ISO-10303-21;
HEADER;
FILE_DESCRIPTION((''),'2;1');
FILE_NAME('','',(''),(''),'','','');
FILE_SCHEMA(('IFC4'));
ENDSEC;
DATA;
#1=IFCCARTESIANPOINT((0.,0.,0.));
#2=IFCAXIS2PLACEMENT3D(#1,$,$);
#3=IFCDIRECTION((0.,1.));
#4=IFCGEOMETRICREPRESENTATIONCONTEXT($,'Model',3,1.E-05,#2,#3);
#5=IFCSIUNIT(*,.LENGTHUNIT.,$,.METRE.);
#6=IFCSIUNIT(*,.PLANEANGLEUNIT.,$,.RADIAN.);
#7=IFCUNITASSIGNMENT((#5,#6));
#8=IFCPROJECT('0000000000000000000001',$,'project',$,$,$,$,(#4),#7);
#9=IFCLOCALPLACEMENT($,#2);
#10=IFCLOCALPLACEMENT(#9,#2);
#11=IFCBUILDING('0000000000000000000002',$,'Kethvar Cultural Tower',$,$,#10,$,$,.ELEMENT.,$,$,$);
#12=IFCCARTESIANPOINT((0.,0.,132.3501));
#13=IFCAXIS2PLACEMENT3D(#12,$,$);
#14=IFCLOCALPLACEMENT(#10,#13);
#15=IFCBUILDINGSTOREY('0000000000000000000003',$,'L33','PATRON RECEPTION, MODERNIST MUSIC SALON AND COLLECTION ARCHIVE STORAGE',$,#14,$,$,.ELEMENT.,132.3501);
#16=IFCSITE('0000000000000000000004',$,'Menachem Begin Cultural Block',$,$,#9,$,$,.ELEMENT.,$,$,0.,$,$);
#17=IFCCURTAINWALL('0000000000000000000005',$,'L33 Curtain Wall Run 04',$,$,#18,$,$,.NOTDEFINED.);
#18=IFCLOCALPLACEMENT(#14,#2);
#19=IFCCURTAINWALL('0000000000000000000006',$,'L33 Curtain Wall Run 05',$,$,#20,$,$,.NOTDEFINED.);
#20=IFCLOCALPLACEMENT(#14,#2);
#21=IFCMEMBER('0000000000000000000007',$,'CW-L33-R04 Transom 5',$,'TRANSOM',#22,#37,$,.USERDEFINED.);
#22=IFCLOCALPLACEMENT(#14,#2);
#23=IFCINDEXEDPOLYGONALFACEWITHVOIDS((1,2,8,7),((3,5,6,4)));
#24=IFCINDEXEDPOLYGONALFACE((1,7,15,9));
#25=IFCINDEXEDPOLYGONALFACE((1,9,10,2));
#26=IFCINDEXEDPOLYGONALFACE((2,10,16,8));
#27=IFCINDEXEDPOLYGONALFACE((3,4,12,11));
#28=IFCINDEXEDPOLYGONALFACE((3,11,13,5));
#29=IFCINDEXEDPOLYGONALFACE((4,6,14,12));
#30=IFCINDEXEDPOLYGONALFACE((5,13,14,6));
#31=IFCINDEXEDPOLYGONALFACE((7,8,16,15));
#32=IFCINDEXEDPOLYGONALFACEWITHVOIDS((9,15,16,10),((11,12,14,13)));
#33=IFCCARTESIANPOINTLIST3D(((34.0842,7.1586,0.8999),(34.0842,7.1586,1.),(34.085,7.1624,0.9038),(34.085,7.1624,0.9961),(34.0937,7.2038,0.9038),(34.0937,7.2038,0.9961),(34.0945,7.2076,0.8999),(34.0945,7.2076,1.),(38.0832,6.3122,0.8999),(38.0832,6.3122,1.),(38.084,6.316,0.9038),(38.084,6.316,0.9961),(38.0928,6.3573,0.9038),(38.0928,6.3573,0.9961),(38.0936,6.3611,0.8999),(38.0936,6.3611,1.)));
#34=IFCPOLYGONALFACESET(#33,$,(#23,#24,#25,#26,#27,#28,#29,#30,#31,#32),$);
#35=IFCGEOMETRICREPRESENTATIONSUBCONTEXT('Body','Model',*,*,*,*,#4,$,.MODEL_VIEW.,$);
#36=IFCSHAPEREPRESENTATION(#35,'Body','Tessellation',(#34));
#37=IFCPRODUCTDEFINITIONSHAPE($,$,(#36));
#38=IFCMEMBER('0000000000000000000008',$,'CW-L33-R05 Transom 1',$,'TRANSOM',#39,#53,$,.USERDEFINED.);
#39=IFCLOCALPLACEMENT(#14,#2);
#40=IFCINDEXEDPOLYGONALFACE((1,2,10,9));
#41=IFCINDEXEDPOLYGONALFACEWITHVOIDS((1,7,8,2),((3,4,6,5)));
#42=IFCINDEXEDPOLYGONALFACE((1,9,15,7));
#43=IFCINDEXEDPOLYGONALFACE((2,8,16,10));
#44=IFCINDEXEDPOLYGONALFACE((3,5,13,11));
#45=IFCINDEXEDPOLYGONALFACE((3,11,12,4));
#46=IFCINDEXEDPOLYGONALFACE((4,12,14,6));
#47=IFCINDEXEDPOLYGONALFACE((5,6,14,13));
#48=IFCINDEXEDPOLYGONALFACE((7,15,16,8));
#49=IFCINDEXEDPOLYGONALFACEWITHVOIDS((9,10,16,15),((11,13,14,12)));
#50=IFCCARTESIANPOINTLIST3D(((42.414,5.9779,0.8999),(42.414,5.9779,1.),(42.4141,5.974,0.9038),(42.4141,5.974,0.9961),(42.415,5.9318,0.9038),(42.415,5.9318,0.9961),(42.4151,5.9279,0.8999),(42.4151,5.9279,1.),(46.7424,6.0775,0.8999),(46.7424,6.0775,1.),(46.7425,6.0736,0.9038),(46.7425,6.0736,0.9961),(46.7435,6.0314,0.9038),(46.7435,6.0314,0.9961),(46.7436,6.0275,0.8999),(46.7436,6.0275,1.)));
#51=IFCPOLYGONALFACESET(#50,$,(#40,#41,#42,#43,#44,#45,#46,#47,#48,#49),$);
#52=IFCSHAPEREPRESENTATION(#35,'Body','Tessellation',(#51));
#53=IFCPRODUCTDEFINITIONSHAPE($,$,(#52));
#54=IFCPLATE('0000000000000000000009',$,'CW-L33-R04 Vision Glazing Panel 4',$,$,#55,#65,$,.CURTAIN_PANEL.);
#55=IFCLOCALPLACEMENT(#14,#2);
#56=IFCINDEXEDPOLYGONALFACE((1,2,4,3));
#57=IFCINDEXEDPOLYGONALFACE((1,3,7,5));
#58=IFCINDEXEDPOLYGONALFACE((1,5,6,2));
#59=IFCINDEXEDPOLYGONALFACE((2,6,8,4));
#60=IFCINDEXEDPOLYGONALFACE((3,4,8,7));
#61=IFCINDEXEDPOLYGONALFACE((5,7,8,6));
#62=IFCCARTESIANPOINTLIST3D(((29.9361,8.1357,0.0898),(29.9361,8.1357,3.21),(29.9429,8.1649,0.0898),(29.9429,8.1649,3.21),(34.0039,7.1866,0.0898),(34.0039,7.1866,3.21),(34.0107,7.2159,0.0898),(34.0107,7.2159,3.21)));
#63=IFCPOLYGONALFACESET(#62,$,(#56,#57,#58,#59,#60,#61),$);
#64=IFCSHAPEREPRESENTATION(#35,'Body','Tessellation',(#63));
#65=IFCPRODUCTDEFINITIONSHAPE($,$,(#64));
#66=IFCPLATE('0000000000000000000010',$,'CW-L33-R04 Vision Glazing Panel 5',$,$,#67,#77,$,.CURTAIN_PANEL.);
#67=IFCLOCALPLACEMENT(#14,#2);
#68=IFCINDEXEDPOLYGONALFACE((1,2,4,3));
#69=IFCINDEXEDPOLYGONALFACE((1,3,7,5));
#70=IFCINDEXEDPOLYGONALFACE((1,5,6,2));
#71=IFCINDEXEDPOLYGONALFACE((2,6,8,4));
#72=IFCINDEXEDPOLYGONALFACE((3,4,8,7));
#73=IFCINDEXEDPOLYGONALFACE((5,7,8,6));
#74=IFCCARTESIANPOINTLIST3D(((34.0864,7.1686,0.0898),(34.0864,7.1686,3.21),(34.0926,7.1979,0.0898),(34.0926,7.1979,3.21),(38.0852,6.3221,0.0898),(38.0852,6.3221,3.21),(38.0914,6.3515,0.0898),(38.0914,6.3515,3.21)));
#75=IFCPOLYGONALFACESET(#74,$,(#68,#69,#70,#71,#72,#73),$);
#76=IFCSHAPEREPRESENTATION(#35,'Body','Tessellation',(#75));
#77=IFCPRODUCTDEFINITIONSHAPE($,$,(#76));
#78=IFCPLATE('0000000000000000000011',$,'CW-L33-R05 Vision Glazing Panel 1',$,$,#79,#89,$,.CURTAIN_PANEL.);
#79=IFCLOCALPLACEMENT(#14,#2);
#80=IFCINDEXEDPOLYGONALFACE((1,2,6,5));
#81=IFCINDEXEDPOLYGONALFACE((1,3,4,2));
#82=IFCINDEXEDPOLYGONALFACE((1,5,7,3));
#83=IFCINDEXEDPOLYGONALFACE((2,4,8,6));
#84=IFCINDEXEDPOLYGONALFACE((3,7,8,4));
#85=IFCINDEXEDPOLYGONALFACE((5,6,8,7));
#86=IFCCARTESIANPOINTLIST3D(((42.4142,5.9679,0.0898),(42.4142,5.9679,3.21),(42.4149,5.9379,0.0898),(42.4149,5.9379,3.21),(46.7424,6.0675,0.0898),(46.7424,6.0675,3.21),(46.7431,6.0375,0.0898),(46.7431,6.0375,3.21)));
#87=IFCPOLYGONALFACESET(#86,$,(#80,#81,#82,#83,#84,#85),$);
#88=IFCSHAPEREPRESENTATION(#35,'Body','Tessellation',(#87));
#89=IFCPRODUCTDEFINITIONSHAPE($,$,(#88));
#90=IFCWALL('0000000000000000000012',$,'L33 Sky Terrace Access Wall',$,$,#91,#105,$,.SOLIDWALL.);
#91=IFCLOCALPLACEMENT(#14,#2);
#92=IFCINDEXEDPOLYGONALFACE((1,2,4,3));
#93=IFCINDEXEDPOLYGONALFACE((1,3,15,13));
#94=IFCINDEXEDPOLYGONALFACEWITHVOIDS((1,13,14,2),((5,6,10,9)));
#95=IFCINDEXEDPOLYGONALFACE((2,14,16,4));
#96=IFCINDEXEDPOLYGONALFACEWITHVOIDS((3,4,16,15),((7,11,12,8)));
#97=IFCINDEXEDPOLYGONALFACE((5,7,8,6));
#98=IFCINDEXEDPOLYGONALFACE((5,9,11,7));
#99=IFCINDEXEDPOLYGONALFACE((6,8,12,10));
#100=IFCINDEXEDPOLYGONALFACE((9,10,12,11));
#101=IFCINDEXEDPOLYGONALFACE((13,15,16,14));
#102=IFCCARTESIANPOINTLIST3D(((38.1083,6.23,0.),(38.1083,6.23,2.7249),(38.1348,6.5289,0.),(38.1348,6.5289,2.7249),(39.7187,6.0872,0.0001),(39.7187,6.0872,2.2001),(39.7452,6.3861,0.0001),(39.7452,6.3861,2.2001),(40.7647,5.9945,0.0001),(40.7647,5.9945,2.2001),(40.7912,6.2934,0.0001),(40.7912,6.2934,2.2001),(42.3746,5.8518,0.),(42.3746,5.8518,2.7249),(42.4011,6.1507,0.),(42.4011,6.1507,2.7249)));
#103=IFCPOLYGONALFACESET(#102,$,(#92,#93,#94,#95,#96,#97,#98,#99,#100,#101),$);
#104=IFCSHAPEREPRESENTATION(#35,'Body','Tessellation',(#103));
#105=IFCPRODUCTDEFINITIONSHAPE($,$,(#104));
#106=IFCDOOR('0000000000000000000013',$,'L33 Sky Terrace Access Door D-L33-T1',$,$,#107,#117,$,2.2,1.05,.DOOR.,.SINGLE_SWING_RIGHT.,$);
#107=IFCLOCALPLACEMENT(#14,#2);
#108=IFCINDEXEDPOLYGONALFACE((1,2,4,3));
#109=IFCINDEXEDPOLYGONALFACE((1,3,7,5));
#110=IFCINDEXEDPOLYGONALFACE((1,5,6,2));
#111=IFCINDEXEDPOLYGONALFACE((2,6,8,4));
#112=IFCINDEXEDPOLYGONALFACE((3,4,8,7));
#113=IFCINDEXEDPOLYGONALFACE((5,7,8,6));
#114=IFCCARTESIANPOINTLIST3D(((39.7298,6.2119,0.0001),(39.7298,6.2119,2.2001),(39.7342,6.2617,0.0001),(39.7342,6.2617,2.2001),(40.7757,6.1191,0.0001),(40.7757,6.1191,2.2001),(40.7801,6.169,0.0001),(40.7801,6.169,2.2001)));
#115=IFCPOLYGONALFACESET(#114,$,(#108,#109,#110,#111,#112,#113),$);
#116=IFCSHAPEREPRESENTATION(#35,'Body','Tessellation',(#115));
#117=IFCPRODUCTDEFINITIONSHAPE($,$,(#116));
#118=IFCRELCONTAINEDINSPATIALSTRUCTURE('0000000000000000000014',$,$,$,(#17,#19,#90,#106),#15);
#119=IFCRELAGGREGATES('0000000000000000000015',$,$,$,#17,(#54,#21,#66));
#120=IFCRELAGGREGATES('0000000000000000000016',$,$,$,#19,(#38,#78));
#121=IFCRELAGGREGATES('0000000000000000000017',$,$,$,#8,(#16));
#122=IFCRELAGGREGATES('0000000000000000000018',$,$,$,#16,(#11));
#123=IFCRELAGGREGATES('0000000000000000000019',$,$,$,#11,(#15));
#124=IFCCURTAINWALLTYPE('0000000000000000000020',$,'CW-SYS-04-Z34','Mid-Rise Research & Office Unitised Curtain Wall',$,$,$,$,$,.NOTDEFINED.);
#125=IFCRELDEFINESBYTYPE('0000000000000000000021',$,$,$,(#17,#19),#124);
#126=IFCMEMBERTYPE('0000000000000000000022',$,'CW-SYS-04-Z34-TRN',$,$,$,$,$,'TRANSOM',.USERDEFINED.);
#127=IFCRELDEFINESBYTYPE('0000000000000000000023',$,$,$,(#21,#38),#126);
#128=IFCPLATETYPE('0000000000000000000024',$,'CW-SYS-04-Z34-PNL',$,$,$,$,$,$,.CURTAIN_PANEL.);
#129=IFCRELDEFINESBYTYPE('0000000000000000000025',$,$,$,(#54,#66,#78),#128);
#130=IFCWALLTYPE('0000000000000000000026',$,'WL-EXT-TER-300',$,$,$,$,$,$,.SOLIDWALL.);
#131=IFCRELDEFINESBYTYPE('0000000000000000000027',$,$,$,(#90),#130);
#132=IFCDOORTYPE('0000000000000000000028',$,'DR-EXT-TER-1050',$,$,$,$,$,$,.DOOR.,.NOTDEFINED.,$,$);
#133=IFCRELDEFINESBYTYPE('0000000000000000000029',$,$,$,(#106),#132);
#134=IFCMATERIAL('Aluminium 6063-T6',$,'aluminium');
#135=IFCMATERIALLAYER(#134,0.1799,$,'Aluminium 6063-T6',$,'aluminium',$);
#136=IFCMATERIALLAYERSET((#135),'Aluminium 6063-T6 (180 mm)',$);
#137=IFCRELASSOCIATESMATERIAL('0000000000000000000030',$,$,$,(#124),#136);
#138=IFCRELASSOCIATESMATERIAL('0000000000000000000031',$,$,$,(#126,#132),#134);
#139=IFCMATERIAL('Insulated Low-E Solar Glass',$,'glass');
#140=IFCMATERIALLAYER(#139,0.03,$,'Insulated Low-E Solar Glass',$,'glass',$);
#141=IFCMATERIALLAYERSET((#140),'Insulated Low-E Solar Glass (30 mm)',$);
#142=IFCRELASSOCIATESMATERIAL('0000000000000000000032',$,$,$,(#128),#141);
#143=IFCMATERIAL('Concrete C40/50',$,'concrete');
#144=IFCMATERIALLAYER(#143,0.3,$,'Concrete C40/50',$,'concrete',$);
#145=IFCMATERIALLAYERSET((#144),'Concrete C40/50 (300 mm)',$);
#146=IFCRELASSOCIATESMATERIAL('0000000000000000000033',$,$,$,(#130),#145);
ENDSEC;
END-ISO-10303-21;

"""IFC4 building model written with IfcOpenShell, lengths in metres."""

from ifc_helpers import new_model, si_unit, direction, frame, frame_2d, origin, origin_2d, place, context, subcontext, project, spatial, rectangle, hollow_rectangle, extrude, source, transform, mapped, material, layer, layer_set, material_profile, profile_set, type_object, element, fill, aggregate, save


model = new_model("IFC4")

# Units and contexts
model_context = context("Model", 3, precision=1e-05, world=origin(), true_north=direction((0.0, 1.0)))
body_context = subcontext(model_context, "Body", "Model", "MODEL_VIEW")
ifc_project = project(units=[si_unit("LENGTHUNIT", "METRE"), si_unit("PLANEANGLEUNIT", "RADIAN")], contexts=[model_context])

# Site, building, storey
site_placement = place(None, origin())
site = spatial("IfcSite", under=ifc_project, at=site_placement, Name="Menachem Begin Cultural Block", CompositionType="ELEMENT", RefElevation=0.0)
building_placement = place(site_placement, origin())
building = spatial("IfcBuilding", under=site, at=building_placement, Name="Kethvar Cultural Tower", CompositionType="ELEMENT")
storey_placement = place(building_placement, frame((0.0, 0.0, 132.3501)))
storey = spatial("IfcBuildingStorey", under=building, at=storey_placement, Name="L33", Description="PATRON RECEPTION, MODERNIST MUSIC SALON AND COLLECTION ARCHIVE STORAGE", CompositionType="ELEMENT", Elevation=132.3501)

# Curtain wall
ifc_material_1 = material(Name="Aluminium 6063-T6", Category="aluminium")
ifc_layer_1 = layer(ifc_material_1, 0.1799, Name="Aluminium 6063-T6", Category="aluminium")
ifc_layer_set_1 = layer_set([ifc_layer_1], Name="Aluminium 6063-T6 (180 mm)")
curtain_wall_type = type_object("IfcCurtainWallType", Name="CW-SYS-04-Z34", Description="Mid-Rise Research & Office Unitised Curtain Wall", PredefinedType="NOTDEFINED", material=ifc_layer_set_1)
curtain_wall_1_placement = place(storey_placement, origin())
curtain_wall_1 = element("IfcCurtainWall", 1, at=curtain_wall_1_placement, inside=storey, type_object=curtain_wall_type, Name="L33 Curtain Wall Run 04", PredefinedType="NOTDEFINED")

# Curtain wall
curtain_wall_2_placement = place(storey_placement, origin())
curtain_wall_2 = element("IfcCurtainWall", 2, at=curtain_wall_2_placement, inside=storey, type_object=curtain_wall_type, Name="L33 Curtain Wall Run 05", PredefinedType="NOTDEFINED")

# Members
ifc_material_profile_1 = material_profile(ifc_material_1, hollow_rectangle(XDim=0.05, YDim=0.1001, WallThickness=0.0039, at=origin_2d()), Name="Aluminium 6063-T6 — RHS100x50x4")
ifc_profile_set_1 = profile_set([ifc_material_profile_1], Name="Aluminium 6063-T6 — RHS100x50x4")
member_type_1 = type_object("IfcMemberType", Name="CW-SYS-04-Z34-TRN", ElementType="TRANSOM", PredefinedType="USERDEFINED", material=ifc_profile_set_1)
shared_shape_1 = source(origin(), body_context, "Body", "SweptSolid", [
    extrude(hollow_rectangle(XDim=0.05, YDim=0.1001, WallThickness=0.0039, at=origin_2d()), origin(), (0.0, 0.0, 1.0), 4.0876),
])
member_1_placement = place(storey_placement, frame((34.0894, 7.1831, 0.95), z_axis=(0.978326, -0.207073, 0.0), x_axis=(0.207073, 0.978326, 0.0)))
member_1 = element("IfcMember", 3, at=member_1_placement, type_object=member_type_1, Name="CW-L33-R04 Transom 5", ObjectType="TRANSOM", PredefinedType="USERDEFINED", context=body_context, shape_type="MappedRepresentation", body=[
    mapped(shared_shape_1, transform((0.0, 0.0, 0.0), scale=1.0)),
])
shared_shape_2 = source(origin(), body_context, "Body", "SweptSolid", [
    extrude(hollow_rectangle(XDim=0.05, YDim=0.1001, WallThickness=0.0039, at=origin_2d()), origin(), (0.0, 0.0, 1.0), 4.3296),
])
member_2_placement = place(storey_placement, frame((42.4146, 5.9529, 0.95), z_axis=(0.999735, 0.023007, 0.0), x_axis=(-0.023007, 0.999735, 0.0)))
member_2 = element("IfcMember", 4, at=member_2_placement, type_object=member_type_1, Name="CW-L33-R05 Transom 1", ObjectType="TRANSOM", PredefinedType="USERDEFINED", context=body_context, shape_type="MappedRepresentation", body=[
    mapped(shared_shape_2, transform((0.0, 0.0, 0.0), scale=1.0)),
])

# Plates
ifc_material_2 = material(Name="Insulated Low-E Solar Glass", Category="glass")
ifc_layer_2 = layer(ifc_material_2, 0.03, Name="Insulated Low-E Solar Glass", Category="glass")
ifc_layer_set_2 = layer_set([ifc_layer_2], Name="Insulated Low-E Solar Glass (30 mm)")
plate_type = type_object("IfcPlateType", Name="CW-SYS-04-Z34-PNL", PredefinedType="CURTAIN_PANEL", material=ifc_layer_set_2)
shared_shape_3 = source(origin(), body_context, "Body", "SweptSolid", [
    extrude(rectangle(XDim=4.177, YDim=0.03, at=origin_2d()), origin(), (0.0, 0.0, 1.0), 3.1201),
])
plate_1_placement = place(storey_placement, frame((31.9734, 7.6758, 0.0898), z_axis=(0.0, 0.0, 1.0), x_axis=(0.973845, -0.227212, 0.0)))
plate_1 = element("IfcPlate", 5, at=plate_1_placement, type_object=plate_type, Name="CW-L33-R04 Vision Glazing Panel 4", PredefinedType="CURTAIN_PANEL", context=body_context, shape_type="MappedRepresentation", body=[
    mapped(shared_shape_3, transform((0.0, 0.0, 0.0), scale=1.0)),
])
shared_shape_4 = source(origin(), body_context, "Body", "SweptSolid", [
    extrude(rectangle(XDim=4.0874, YDim=0.03, at=origin_2d()), origin(), (0.0, 0.0, 1.0), 3.1201),
])
plate_2_placement = place(storey_placement, frame((36.0889, 6.76, 0.0898), z_axis=(0.0, 0.0, 1.0), x_axis=(0.978321, -0.207092, 0.0)))
plate_2 = element("IfcPlate", 6, at=plate_2_placement, type_object=plate_type, Name="CW-L33-R04 Vision Glazing Panel 5", PredefinedType="CURTAIN_PANEL", context=body_context, shape_type="MappedRepresentation", body=[
    mapped(shared_shape_4, transform((0.0, 0.0, 0.0), scale=1.0)),
])
aggregate(curtain_wall_1, [plate_1, member_1, plate_2])
shared_shape_5 = source(origin(), body_context, "Body", "SweptSolid", [
    extrude(rectangle(XDim=4.3293, YDim=0.03, at=origin_2d()), origin(), (0.0, 0.0, 1.0), 3.1201),
])
plate_3_placement = place(storey_placement, frame((44.5786, 6.0027, 0.0898), z_axis=(0.0, 0.0, 1.0), x_axis=(0.999735, 0.023001, 0.0)))
plate_3 = element("IfcPlate", 7, at=plate_3_placement, type_object=plate_type, Name="CW-L33-R05 Vision Glazing Panel 1", PredefinedType="CURTAIN_PANEL", context=body_context, shape_type="MappedRepresentation", body=[
    mapped(shared_shape_5, transform((0.0, 0.0, 0.0), scale=1.0)),
])
aggregate(curtain_wall_2, [member_2, plate_3])

# Wall, opening, door
ifc_material_3 = material(Name="Concrete C40/50", Category="concrete")
ifc_layer_3 = layer(ifc_material_3, 0.3, Name="Concrete C40/50", Category="concrete")
ifc_layer_set_3 = layer_set([ifc_layer_3], Name="Concrete C40/50 (300 mm)")
wall_type = type_object("IfcWallType", Name="WL-EXT-TER-300", PredefinedType="SOLIDWALL", material=ifc_layer_set_3)
wall_placement = place(storey_placement, frame((42.3879, 6.0012, 0.0), z_axis=(0.0, 0.0, 1.0), x_axis=(-0.996094, 0.0883, 0.0)))
wall = element("IfcWall", 8, at=wall_placement, inside=storey, type_object=wall_type, Name="L33 Sky Terrace Access Wall", PredefinedType="SOLIDWALL", context=body_context, shape_type="SweptSolid", body=[
    extrude(rectangle(XDim=4.283, YDim=0.3, at=frame_2d((2.1416, 0.0))), origin(), (0.0, 0.0, 1.0), 2.7249),
])
opening_placement = place(wall_placement, frame((1.6165, 0.0, 0.0)))
opening = element("IfcOpeningElement", 9, at=opening_placement, cuts=wall, PredefinedType="OPENING", context=body_context, shape_type="SweptSolid", body=[
    extrude(rectangle(XDim=1.05, YDim=2.2, at=frame_2d((0.5249, 1.1001))), frame((0.0, 0.1599, 0.0), z_axis=(0.0, -1.0, 0.0), x_axis=(1.0, 0.0, 0.0)), (0.0, 0.0, 1.0), 0.3201),
])
door_type = type_object("IfcDoorType", Name="DR-EXT-TER-1050", OperationType="NOTDEFINED", PredefinedType="DOOR", material=ifc_material_1)
shared_shape_6 = source(origin(), body_context, "Body", "SweptSolid", [
    extrude(rectangle(XDim=1.05, YDim=2.2, at=frame_2d((0.5249, 1.1001))), frame((0.0, 0.0249, 0.0), z_axis=(0.0, -1.0, 0.0), x_axis=(1.0, 0.0, 0.0)), (0.0, 0.0, 1.0), 0.05),
])
door_placement = place(opening_placement, origin())
door = element("IfcDoor", 10, at=door_placement, inside=storey, type_object=door_type, Name="L33 Sky Terrace Access Door D-L33-T1", OperationType="SINGLE_SWING_RIGHT", OverallHeight=2.2, OverallWidth=1.05, PredefinedType="DOOR", context=body_context, shape_type="MappedRepresentation", body=[
    mapped(shared_shape_6, transform((0.0, 0.0, 0.0), scale=1.0)),
])
fill(opening, door)

save(model, "model.ifc")
